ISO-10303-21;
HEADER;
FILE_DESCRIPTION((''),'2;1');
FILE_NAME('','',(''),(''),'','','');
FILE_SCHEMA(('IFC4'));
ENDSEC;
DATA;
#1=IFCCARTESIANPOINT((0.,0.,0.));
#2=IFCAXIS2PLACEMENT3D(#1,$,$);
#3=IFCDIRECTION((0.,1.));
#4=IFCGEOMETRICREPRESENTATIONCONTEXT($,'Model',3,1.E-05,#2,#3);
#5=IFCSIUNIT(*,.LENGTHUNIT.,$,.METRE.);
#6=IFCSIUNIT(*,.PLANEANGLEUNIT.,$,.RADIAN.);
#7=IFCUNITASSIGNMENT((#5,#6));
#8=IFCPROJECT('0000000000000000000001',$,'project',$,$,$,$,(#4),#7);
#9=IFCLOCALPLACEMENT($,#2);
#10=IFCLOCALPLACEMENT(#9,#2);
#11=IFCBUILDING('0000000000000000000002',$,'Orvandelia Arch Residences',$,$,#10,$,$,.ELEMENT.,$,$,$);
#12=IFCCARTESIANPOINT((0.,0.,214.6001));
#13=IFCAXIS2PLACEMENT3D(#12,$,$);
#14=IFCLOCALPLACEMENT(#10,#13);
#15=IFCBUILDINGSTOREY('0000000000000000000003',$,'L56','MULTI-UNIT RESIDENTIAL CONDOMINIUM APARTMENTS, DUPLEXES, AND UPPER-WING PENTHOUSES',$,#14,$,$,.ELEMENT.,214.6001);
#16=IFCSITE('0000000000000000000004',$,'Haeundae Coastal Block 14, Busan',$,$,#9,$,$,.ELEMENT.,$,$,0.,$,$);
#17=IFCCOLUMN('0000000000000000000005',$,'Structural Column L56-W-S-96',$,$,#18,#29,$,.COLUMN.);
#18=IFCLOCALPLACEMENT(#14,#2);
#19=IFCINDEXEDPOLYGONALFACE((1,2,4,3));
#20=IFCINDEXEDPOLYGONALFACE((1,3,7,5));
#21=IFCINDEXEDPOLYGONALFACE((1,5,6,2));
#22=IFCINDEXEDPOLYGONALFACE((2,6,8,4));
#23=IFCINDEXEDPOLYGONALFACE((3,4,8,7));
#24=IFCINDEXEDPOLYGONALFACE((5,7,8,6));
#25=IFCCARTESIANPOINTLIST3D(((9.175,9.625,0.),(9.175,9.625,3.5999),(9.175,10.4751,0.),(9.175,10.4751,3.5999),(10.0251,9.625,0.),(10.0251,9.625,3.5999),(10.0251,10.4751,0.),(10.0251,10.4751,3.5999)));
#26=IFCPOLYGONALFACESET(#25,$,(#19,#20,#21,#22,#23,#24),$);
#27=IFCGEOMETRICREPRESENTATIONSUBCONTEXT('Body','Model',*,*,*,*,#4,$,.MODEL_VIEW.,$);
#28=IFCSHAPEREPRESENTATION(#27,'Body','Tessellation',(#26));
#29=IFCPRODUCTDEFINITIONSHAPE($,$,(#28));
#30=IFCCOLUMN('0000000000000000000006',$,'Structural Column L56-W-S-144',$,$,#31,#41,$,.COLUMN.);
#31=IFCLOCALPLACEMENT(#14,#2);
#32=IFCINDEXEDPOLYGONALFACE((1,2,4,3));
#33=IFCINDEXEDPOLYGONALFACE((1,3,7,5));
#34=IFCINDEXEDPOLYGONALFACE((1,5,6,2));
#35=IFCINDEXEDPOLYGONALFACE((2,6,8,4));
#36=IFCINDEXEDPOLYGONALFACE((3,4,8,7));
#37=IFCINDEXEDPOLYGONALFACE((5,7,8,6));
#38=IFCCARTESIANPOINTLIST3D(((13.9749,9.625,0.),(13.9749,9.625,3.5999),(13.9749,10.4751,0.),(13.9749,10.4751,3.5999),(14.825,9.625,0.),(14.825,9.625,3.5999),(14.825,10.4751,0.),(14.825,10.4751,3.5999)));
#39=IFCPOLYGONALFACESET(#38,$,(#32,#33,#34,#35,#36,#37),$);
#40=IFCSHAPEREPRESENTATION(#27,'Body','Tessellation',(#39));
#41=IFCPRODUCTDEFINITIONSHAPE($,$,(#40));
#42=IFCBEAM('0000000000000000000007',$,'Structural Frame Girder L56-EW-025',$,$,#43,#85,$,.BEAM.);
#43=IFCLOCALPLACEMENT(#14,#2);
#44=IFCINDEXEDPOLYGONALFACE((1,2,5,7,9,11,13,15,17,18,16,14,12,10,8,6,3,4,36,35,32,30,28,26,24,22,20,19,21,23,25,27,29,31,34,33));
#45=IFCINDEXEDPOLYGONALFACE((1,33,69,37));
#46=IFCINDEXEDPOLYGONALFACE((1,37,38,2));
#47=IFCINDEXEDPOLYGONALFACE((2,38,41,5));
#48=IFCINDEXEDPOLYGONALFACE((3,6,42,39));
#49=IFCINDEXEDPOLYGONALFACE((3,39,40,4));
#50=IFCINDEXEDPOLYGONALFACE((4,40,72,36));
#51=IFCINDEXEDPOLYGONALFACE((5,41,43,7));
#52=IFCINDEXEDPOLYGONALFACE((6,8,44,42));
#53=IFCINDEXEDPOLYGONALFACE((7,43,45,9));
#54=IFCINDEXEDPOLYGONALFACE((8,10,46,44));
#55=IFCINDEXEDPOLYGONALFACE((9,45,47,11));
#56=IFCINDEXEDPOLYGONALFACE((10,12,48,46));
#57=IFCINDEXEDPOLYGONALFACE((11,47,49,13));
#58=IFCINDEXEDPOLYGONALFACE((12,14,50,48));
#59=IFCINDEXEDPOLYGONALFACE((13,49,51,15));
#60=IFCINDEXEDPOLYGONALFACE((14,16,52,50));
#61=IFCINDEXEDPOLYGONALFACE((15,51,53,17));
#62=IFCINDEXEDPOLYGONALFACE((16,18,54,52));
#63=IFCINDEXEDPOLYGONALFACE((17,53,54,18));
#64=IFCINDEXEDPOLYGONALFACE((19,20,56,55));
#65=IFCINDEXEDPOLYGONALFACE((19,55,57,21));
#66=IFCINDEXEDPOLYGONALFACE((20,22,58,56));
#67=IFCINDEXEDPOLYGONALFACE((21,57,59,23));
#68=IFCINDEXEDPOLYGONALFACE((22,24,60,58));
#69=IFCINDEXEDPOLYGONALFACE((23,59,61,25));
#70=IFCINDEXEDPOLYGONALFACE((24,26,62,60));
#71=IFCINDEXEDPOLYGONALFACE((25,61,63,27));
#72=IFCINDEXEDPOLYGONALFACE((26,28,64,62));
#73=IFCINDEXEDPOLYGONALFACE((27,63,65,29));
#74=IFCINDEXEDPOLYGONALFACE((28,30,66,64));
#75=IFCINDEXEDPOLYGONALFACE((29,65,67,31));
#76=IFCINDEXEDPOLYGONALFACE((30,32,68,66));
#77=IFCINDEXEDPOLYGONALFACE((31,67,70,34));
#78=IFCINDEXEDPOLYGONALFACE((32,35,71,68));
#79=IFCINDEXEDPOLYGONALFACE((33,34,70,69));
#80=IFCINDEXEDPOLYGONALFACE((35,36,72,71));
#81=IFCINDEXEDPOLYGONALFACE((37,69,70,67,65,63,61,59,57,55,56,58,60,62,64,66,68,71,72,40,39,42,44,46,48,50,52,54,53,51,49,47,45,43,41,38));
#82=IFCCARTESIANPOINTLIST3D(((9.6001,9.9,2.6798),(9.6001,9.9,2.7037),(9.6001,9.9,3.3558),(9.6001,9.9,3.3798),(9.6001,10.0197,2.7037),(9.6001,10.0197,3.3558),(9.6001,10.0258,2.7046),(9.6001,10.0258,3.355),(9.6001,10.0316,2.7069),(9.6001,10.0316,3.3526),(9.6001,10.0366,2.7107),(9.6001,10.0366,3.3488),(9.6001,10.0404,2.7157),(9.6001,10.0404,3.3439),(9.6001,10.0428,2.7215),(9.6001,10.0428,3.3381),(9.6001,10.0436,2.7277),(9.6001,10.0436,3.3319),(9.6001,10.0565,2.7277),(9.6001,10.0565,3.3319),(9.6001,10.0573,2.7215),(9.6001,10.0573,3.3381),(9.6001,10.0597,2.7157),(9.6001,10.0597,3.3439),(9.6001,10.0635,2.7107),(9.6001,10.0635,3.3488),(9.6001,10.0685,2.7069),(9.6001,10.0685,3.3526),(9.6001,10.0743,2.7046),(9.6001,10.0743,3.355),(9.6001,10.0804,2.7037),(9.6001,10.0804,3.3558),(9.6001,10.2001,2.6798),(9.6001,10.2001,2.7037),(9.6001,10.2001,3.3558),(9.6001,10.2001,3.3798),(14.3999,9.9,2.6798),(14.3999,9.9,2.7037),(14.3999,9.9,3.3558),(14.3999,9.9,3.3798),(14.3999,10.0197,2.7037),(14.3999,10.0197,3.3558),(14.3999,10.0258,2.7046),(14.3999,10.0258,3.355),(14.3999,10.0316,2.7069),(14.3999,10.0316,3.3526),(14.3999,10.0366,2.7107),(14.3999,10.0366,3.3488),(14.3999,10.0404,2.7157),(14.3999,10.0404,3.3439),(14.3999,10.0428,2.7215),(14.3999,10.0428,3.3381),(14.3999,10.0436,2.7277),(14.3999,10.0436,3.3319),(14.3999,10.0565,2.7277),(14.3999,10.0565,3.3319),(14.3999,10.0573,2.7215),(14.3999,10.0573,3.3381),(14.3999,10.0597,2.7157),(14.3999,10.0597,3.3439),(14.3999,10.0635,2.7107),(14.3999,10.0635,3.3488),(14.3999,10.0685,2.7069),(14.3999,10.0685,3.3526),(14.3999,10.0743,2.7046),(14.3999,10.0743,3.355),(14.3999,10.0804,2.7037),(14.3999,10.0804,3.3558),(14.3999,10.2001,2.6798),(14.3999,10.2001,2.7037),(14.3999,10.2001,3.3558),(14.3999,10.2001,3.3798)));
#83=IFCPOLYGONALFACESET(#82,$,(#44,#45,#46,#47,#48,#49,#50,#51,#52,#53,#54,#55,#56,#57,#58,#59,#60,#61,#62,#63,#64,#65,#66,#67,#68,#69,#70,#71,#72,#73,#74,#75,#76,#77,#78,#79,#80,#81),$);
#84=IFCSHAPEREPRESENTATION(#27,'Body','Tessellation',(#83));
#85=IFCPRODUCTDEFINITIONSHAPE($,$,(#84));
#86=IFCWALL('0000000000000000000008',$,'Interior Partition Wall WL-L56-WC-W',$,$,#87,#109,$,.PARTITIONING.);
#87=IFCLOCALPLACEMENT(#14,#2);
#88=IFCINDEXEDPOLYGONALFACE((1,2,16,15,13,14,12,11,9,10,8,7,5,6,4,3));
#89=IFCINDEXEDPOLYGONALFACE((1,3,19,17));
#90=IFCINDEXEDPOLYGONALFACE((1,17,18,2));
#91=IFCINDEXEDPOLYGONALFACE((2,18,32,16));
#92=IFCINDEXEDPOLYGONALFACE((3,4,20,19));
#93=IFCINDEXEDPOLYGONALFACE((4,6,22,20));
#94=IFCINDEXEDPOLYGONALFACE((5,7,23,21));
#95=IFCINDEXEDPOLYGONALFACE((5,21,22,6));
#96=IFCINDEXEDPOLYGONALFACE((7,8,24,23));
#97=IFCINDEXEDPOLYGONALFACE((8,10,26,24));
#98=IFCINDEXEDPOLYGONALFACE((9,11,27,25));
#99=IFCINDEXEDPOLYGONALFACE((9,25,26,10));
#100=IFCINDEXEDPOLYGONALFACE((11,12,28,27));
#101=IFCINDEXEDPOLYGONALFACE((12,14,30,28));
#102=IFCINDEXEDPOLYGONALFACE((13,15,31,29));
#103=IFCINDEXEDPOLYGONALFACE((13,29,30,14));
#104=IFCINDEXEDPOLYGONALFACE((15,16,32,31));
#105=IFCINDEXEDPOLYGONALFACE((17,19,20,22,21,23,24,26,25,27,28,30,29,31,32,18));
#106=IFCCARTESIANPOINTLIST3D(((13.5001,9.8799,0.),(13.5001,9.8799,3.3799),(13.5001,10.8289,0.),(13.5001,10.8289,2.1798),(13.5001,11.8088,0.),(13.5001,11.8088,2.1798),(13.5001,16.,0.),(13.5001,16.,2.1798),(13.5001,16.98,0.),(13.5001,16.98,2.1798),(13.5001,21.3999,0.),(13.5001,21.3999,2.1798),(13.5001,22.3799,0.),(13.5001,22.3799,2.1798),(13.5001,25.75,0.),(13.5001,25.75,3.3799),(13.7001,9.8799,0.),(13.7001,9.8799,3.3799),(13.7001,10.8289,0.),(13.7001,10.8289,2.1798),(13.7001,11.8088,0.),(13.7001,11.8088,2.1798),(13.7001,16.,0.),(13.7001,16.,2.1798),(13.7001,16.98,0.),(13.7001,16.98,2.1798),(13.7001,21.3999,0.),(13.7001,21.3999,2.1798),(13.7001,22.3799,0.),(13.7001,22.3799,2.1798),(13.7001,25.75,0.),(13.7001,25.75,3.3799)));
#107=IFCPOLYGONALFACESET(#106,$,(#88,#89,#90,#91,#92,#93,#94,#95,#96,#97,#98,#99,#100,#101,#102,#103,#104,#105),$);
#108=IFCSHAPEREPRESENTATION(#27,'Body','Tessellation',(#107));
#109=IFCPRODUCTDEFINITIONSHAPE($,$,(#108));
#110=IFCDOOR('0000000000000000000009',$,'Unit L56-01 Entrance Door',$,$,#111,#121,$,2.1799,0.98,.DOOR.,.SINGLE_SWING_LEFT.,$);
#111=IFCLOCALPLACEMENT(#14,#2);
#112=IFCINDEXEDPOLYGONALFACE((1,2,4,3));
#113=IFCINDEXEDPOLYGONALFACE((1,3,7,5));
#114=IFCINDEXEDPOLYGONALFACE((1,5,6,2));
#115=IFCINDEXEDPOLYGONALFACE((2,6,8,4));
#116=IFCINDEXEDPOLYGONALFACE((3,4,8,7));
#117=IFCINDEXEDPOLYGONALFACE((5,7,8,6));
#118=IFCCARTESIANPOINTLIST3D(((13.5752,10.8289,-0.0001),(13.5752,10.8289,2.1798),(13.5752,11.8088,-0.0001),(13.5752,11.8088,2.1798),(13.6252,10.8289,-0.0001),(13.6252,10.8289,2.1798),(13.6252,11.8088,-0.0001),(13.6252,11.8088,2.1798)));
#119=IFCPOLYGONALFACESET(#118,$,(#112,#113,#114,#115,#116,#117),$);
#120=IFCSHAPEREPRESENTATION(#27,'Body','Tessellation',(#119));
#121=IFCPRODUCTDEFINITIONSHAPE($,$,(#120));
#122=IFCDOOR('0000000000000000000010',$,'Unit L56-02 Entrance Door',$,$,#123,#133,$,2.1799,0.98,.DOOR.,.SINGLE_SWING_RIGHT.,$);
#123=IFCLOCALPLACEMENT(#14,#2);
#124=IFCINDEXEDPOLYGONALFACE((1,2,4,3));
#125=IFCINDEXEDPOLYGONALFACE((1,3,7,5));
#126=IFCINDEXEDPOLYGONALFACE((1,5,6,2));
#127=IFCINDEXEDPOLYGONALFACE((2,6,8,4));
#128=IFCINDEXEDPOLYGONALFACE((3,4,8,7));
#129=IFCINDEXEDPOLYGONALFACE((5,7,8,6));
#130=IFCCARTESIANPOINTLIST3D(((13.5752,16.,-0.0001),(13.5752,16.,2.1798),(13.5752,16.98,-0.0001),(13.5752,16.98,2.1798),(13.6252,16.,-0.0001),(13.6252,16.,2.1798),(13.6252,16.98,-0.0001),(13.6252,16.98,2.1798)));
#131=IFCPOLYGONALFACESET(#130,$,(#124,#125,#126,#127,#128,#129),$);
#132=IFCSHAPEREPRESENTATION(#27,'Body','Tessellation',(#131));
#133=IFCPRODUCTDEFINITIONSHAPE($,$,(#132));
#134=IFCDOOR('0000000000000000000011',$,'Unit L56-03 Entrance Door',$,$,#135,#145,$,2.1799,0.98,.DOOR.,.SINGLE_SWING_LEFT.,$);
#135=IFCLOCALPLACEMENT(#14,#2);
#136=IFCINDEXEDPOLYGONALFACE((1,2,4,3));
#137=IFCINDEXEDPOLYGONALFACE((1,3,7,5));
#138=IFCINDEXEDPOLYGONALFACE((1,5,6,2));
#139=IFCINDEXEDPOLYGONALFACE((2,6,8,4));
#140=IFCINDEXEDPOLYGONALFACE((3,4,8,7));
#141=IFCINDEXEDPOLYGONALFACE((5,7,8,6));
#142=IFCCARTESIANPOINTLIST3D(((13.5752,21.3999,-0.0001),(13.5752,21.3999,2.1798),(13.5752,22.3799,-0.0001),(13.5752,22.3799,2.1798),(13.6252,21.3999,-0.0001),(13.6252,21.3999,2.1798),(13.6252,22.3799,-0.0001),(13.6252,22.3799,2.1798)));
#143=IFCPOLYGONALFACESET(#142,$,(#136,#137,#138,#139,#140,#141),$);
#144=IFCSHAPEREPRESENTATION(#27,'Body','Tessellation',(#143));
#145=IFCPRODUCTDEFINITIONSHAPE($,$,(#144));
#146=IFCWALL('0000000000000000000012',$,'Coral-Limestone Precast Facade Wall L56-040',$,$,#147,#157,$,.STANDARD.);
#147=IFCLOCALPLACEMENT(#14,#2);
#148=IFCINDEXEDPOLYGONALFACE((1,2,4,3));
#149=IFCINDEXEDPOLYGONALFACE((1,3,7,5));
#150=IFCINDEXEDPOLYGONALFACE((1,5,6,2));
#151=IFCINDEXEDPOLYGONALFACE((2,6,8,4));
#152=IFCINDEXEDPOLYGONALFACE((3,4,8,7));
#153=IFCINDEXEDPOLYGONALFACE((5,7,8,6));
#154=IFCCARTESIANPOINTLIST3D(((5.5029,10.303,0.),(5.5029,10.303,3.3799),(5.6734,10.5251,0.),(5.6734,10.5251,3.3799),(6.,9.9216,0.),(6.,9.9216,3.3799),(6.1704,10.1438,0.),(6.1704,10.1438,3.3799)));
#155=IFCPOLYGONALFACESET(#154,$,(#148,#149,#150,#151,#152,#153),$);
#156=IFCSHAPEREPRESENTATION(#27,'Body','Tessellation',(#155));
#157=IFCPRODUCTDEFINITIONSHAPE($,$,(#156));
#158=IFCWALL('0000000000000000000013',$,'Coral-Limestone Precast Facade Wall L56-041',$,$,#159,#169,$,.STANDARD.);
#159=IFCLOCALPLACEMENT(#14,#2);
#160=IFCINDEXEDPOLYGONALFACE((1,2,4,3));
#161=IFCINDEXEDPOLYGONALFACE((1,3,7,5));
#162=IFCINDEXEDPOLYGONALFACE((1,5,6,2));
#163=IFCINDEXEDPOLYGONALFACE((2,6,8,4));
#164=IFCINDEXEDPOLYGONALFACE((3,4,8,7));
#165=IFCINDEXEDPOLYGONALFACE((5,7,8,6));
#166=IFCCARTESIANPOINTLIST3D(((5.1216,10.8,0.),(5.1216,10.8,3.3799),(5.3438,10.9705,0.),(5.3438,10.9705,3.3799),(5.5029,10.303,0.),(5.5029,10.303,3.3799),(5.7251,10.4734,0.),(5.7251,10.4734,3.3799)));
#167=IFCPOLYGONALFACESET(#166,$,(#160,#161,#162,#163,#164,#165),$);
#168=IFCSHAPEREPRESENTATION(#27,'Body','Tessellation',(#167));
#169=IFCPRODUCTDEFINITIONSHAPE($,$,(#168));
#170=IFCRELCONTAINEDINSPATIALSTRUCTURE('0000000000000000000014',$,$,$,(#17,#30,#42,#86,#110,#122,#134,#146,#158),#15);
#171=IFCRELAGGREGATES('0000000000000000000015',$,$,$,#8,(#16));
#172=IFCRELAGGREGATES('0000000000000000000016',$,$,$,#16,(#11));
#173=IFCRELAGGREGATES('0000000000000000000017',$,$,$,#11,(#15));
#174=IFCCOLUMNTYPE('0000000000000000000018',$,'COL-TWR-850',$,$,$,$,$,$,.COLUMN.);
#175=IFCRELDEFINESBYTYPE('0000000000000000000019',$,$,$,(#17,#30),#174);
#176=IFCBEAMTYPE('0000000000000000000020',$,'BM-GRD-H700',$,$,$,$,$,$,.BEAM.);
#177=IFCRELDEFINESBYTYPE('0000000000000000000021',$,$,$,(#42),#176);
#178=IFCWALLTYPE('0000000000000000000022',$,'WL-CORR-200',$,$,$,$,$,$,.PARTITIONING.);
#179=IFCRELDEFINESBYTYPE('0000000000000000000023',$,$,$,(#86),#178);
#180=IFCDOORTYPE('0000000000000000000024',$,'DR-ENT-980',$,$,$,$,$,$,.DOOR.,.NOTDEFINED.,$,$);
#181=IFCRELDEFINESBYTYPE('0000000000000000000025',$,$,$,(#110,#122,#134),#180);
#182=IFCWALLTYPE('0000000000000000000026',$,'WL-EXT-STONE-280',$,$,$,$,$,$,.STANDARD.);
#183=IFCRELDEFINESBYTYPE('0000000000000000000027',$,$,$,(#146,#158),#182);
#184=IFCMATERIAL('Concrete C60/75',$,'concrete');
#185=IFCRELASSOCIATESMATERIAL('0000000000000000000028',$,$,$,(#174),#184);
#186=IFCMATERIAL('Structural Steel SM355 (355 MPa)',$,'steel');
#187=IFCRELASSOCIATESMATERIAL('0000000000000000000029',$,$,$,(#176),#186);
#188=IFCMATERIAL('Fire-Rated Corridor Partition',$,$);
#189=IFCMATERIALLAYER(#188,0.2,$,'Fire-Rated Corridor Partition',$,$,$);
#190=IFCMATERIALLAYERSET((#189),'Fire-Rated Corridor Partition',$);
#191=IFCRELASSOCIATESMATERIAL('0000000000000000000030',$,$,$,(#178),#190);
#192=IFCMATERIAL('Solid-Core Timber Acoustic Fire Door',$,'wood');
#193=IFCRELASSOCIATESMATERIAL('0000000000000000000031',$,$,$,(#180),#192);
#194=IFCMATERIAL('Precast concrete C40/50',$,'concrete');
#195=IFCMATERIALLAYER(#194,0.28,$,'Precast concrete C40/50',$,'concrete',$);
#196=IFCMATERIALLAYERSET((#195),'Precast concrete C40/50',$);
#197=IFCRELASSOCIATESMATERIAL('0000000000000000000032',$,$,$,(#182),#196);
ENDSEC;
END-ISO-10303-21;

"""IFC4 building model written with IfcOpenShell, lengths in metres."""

from ifc_helpers import new_model, si_unit, direction, frame, frame_2d, origin, origin_2d, place, context, subcontext, project, spatial, rectangle, i_section, extrude, material, layer, layer_set, material_profile, profile_set, type_object, element, fill, save


model = new_model("IFC4")

# Units and contexts
model_context = context("Model", 3, precision=1e-05, world=origin(), true_north=direction((0.0, 1.0)))
body_context = subcontext(model_context, "Body", "Model", "MODEL_VIEW")
ifc_project = project(units=[si_unit("LENGTHUNIT", "METRE"), si_unit("PLANEANGLEUNIT", "RADIAN")], contexts=[model_context])

# Site, building, storey
site_placement = place(None, origin())
site = spatial("IfcSite", under=ifc_project, at=site_placement, Name="Haeundae Coastal Block 14, Busan", CompositionType="ELEMENT", RefElevation=0.0)
building_placement = place(site_placement, origin())
building = spatial("IfcBuilding", under=site, at=building_placement, Name="Orvandelia Arch Residences", CompositionType="ELEMENT")
storey_placement = place(building_placement, frame((0.0, 0.0, 214.6001)))
storey = spatial("IfcBuildingStorey", under=building, at=storey_placement, Name="L56", Description="MULTI-UNIT RESIDENTIAL CONDOMINIUM APARTMENTS, DUPLEXES, AND UPPER-WING PENTHOUSES", CompositionType="ELEMENT", Elevation=214.6001)

# Columns
ifc_material_1 = material(Name="Concrete C60/75", Category="concrete")
ifc_material_profile_1 = material_profile(ifc_material_1, rectangle(XDim=0.8501, YDim=0.8501, at=origin_2d()), Name="Concrete C60/75", Category="concrete")
ifc_profile_set_1 = profile_set([ifc_material_profile_1], Name="Concrete C60/75")
column_type = type_object("IfcColumnType", Name="COL-TWR-850", PredefinedType="COLUMN", material=ifc_profile_set_1)
for number, where, z_axis, x_axis, name in (
    (1, (9.6001, 10.05, 0.0), (0.0, 0.0, 1.0), (1.0, 0.0, 0.0), "Structural Column L56-W-S-96"),
    (2, (14.3999, 10.05, 0.0), (0.0, 0.0, 1.0), (1.0, 0.0, 0.0), "Structural Column L56-W-S-144"),
):
    element("IfcColumn", number, at=place(storey_placement, frame(where, z_axis=z_axis, x_axis=x_axis)), inside=storey, type_object=column_type, Name=name, PredefinedType="COLUMN", context=body_context, shape_type="SweptSolid", body=[
        extrude(rectangle(XDim=0.8501, YDim=0.8501, at=origin_2d()), origin(), (0.0, 0.0, 1.0), 3.5999),
    ])

# Beam
ifc_material_2 = material(Name="Structural Steel SM355 (355 MPa)", Category="steel")
ifc_material_profile_2 = material_profile(ifc_material_2, i_section(OverallWidth=0.3, OverallDepth=0.7, WebThickness=0.0129, FlangeThickness=0.0239, FilletRadius=0.0239, at=origin_2d()), Name="Structural Steel SM355 (355 MPa)", Category="steel")
ifc_profile_set_2 = profile_set([ifc_material_profile_2], Name="Structural Steel SM355 (355 MPa)")
beam_type = type_object("IfcBeamType", Name="BM-GRD-H700", PredefinedType="BEAM", material=ifc_profile_set_2)
beam_placement = place(storey_placement, frame((9.6001, 10.05, 3.0298), z_axis=(1.0, 0.0, 0.0), x_axis=(0.0, 1.0, 0.0)))
element("IfcBeam", 3, at=beam_placement, inside=storey, type_object=beam_type, Name="Structural Frame Girder L56-EW-025", PredefinedType="BEAM", context=body_context, shape_type="SweptSolid", body=[
    extrude(i_section(OverallWidth=0.3, OverallDepth=0.7, WebThickness=0.0129, FlangeThickness=0.0239, FilletRadius=0.0239, at=origin_2d()), origin(), (0.0, 0.0, 1.0), 4.7998),
])

# Wall, openings, doors
ifc_material_3 = material(Name="Fire-Rated Corridor Partition")
ifc_layer_1 = layer(ifc_material_3, 0.2, Name="Fire-Rated Corridor Partition")
ifc_layer_set_1 = layer_set([ifc_layer_1], Name="Fire-Rated Corridor Partition")
wall_type_1 = type_object("IfcWallType", Name="WL-CORR-200", PredefinedType="PARTITIONING", material=ifc_layer_set_1)
wall_1_placement = place(storey_placement, frame((13.6001, 9.8799, 0.0), z_axis=(0.0, 0.0, 1.0), x_axis=(0.0, 1.0, 0.0)))
wall_1 = element("IfcWall", 4, at=wall_1_placement, inside=storey, type_object=wall_type_1, Name="Interior Partition Wall WL-L56-WC-W", PredefinedType="PARTITIONING", context=body_context, shape_type="SweptSolid", body=[
    extrude(rectangle(XDim=15.8701, YDim=0.2, at=frame_2d((7.9351, 0.0))), origin(), (0.0, 0.0, 1.0), 3.3799),
])
opening_1_placement = place(wall_1_placement, frame((0.949, 0.0, 0.0)))
opening_1 = element("IfcOpeningElement", 5, at=opening_1_placement, cuts=wall_1, PredefinedType="OPENING", context=body_context, shape_type="SweptSolid", body=[
    extrude(rectangle(XDim=0.98, YDim=2.1799, at=frame_2d((0.49, 1.0898))), frame((0.0, 0.1099, 0.0), z_axis=(0.0, -1.0, 0.0), x_axis=(1.0, 0.0, 0.0)), (0.0, 0.0, 1.0), 0.22),
])
opening_2_placement = place(wall_1_placement, frame((6.1201, 0.0, 0.0)))
opening_2 = element("IfcOpeningElement", 6, at=opening_2_placement, cuts=wall_1, PredefinedType="OPENING", context=body_context, shape_type="SweptSolid", body=[
    extrude(rectangle(XDim=0.98, YDim=2.1799, at=frame_2d((0.49, 1.0898))), frame((0.0, 0.1099, 0.0), z_axis=(0.0, -1.0, 0.0), x_axis=(1.0, 0.0, 0.0)), (0.0, 0.0, 1.0), 0.22),
])
opening_3_placement = place(wall_1_placement, frame((11.52, 0.0, 0.0)))
opening_3 = element("IfcOpeningElement", 7, at=opening_3_placement, cuts=wall_1, PredefinedType="OPENING", context=body_context, shape_type="SweptSolid", body=[
    extrude(rectangle(XDim=0.98, YDim=2.1799, at=frame_2d((0.49, 1.0898))), frame((0.0, 0.1099, 0.0), z_axis=(0.0, -1.0, 0.0), x_axis=(1.0, 0.0, 0.0)), (0.0, 0.0, 1.0), 0.22),
])
ifc_material_4 = material(Name="Solid-Core Timber Acoustic Fire Door", Category="wood")
door_type = type_object("IfcDoorType", Name="DR-ENT-980", OperationType="NOTDEFINED", PredefinedType="DOOR", material=ifc_material_4)
door_1_placement = place(opening_1_placement, origin())
door_1 = element("IfcDoor", 8, at=door_1_placement, inside=storey, type_object=door_type, Name="Unit L56-01 Entrance Door", OperationType="SINGLE_SWING_LEFT", OverallHeight=2.1799, OverallWidth=0.98, PredefinedType="DOOR", context=body_context, shape_type="SweptSolid", body=[
    extrude(rectangle(XDim=0.98, YDim=2.1799, at=frame_2d((0.49, 1.0898))), frame((0.0, 0.0249, 0.0), z_axis=(0.0, -1.0, 0.0), x_axis=(1.0, 0.0, 0.0)), (0.0, 0.0, 1.0), 0.05),
])
fill(opening_1, door_1)
door_2_placement = place(opening_2_placement, origin())
door_2 = element("IfcDoor", 9, at=door_2_placement, inside=storey, type_object=door_type, Name="Unit L56-02 Entrance Door", OperationType="SINGLE_SWING_RIGHT", OverallHeight=2.1799, OverallWidth=0.98, PredefinedType="DOOR", context=body_context, shape_type="SweptSolid", body=[
    extrude(rectangle(XDim=0.98, YDim=2.1799, at=frame_2d((0.49, 1.0898))), frame((0.0, 0.0249, 0.0), z_axis=(0.0, -1.0, 0.0), x_axis=(1.0, 0.0, 0.0)), (0.0, 0.0, 1.0), 0.05),
])
fill(opening_2, door_2)
door_3_placement = place(opening_3_placement, origin())
door_3 = element("IfcDoor", 10, at=door_3_placement, inside=storey, type_object=door_type, Name="Unit L56-03 Entrance Door", OperationType="SINGLE_SWING_LEFT", OverallHeight=2.1799, OverallWidth=0.98, PredefinedType="DOOR", context=body_context, shape_type="SweptSolid", body=[
    extrude(rectangle(XDim=0.98, YDim=2.1799, at=frame_2d((0.49, 1.0898))), frame((0.0, 0.0249, 0.0), z_axis=(0.0, -1.0, 0.0), x_axis=(1.0, 0.0, 0.0)), (0.0, 0.0, 1.0), 0.05),
])
fill(opening_3, door_3)

# Walls
ifc_material_5 = material(Name="Precast concrete C40/50", Category="concrete")
ifc_layer_2 = layer(ifc_material_5, 0.28, Name="Precast concrete C40/50", Category="concrete")
ifc_layer_set_2 = layer_set([ifc_layer_2], Name="Precast concrete C40/50")
wall_type_2 = type_object("IfcWallType", Name="WL-EXT-STONE-280", PredefinedType="STANDARD", material=ifc_layer_set_2)
for number, where, z_axis, x_axis, name in (
    (11, (6.0852, 10.0327, 0.0), (0.0, 0.0, 1.0), (-0.793406, 0.608693, 0.0), "Coral-Limestone Precast Facade Wall L56-040"),
    (12, (5.614, 10.3882, 0.0), (0.0, 0.0, 1.0), (-0.608693, 0.793406, 0.0), "Coral-Limestone Precast Facade Wall L56-041"),
):
    element("IfcWall", number, at=place(storey_placement, frame(where, z_axis=z_axis, x_axis=x_axis)), inside=storey, type_object=wall_type_2, Name=name, PredefinedType="STANDARD", context=body_context, shape_type="SweptSolid", body=[
        extrude(rectangle(XDim=0.6265, YDim=0.28, at=frame_2d((0.3132, 0.0))), origin(), (0.0, 0.0, 1.0), 3.3799),
    ])

save(model, "model.ifc")
